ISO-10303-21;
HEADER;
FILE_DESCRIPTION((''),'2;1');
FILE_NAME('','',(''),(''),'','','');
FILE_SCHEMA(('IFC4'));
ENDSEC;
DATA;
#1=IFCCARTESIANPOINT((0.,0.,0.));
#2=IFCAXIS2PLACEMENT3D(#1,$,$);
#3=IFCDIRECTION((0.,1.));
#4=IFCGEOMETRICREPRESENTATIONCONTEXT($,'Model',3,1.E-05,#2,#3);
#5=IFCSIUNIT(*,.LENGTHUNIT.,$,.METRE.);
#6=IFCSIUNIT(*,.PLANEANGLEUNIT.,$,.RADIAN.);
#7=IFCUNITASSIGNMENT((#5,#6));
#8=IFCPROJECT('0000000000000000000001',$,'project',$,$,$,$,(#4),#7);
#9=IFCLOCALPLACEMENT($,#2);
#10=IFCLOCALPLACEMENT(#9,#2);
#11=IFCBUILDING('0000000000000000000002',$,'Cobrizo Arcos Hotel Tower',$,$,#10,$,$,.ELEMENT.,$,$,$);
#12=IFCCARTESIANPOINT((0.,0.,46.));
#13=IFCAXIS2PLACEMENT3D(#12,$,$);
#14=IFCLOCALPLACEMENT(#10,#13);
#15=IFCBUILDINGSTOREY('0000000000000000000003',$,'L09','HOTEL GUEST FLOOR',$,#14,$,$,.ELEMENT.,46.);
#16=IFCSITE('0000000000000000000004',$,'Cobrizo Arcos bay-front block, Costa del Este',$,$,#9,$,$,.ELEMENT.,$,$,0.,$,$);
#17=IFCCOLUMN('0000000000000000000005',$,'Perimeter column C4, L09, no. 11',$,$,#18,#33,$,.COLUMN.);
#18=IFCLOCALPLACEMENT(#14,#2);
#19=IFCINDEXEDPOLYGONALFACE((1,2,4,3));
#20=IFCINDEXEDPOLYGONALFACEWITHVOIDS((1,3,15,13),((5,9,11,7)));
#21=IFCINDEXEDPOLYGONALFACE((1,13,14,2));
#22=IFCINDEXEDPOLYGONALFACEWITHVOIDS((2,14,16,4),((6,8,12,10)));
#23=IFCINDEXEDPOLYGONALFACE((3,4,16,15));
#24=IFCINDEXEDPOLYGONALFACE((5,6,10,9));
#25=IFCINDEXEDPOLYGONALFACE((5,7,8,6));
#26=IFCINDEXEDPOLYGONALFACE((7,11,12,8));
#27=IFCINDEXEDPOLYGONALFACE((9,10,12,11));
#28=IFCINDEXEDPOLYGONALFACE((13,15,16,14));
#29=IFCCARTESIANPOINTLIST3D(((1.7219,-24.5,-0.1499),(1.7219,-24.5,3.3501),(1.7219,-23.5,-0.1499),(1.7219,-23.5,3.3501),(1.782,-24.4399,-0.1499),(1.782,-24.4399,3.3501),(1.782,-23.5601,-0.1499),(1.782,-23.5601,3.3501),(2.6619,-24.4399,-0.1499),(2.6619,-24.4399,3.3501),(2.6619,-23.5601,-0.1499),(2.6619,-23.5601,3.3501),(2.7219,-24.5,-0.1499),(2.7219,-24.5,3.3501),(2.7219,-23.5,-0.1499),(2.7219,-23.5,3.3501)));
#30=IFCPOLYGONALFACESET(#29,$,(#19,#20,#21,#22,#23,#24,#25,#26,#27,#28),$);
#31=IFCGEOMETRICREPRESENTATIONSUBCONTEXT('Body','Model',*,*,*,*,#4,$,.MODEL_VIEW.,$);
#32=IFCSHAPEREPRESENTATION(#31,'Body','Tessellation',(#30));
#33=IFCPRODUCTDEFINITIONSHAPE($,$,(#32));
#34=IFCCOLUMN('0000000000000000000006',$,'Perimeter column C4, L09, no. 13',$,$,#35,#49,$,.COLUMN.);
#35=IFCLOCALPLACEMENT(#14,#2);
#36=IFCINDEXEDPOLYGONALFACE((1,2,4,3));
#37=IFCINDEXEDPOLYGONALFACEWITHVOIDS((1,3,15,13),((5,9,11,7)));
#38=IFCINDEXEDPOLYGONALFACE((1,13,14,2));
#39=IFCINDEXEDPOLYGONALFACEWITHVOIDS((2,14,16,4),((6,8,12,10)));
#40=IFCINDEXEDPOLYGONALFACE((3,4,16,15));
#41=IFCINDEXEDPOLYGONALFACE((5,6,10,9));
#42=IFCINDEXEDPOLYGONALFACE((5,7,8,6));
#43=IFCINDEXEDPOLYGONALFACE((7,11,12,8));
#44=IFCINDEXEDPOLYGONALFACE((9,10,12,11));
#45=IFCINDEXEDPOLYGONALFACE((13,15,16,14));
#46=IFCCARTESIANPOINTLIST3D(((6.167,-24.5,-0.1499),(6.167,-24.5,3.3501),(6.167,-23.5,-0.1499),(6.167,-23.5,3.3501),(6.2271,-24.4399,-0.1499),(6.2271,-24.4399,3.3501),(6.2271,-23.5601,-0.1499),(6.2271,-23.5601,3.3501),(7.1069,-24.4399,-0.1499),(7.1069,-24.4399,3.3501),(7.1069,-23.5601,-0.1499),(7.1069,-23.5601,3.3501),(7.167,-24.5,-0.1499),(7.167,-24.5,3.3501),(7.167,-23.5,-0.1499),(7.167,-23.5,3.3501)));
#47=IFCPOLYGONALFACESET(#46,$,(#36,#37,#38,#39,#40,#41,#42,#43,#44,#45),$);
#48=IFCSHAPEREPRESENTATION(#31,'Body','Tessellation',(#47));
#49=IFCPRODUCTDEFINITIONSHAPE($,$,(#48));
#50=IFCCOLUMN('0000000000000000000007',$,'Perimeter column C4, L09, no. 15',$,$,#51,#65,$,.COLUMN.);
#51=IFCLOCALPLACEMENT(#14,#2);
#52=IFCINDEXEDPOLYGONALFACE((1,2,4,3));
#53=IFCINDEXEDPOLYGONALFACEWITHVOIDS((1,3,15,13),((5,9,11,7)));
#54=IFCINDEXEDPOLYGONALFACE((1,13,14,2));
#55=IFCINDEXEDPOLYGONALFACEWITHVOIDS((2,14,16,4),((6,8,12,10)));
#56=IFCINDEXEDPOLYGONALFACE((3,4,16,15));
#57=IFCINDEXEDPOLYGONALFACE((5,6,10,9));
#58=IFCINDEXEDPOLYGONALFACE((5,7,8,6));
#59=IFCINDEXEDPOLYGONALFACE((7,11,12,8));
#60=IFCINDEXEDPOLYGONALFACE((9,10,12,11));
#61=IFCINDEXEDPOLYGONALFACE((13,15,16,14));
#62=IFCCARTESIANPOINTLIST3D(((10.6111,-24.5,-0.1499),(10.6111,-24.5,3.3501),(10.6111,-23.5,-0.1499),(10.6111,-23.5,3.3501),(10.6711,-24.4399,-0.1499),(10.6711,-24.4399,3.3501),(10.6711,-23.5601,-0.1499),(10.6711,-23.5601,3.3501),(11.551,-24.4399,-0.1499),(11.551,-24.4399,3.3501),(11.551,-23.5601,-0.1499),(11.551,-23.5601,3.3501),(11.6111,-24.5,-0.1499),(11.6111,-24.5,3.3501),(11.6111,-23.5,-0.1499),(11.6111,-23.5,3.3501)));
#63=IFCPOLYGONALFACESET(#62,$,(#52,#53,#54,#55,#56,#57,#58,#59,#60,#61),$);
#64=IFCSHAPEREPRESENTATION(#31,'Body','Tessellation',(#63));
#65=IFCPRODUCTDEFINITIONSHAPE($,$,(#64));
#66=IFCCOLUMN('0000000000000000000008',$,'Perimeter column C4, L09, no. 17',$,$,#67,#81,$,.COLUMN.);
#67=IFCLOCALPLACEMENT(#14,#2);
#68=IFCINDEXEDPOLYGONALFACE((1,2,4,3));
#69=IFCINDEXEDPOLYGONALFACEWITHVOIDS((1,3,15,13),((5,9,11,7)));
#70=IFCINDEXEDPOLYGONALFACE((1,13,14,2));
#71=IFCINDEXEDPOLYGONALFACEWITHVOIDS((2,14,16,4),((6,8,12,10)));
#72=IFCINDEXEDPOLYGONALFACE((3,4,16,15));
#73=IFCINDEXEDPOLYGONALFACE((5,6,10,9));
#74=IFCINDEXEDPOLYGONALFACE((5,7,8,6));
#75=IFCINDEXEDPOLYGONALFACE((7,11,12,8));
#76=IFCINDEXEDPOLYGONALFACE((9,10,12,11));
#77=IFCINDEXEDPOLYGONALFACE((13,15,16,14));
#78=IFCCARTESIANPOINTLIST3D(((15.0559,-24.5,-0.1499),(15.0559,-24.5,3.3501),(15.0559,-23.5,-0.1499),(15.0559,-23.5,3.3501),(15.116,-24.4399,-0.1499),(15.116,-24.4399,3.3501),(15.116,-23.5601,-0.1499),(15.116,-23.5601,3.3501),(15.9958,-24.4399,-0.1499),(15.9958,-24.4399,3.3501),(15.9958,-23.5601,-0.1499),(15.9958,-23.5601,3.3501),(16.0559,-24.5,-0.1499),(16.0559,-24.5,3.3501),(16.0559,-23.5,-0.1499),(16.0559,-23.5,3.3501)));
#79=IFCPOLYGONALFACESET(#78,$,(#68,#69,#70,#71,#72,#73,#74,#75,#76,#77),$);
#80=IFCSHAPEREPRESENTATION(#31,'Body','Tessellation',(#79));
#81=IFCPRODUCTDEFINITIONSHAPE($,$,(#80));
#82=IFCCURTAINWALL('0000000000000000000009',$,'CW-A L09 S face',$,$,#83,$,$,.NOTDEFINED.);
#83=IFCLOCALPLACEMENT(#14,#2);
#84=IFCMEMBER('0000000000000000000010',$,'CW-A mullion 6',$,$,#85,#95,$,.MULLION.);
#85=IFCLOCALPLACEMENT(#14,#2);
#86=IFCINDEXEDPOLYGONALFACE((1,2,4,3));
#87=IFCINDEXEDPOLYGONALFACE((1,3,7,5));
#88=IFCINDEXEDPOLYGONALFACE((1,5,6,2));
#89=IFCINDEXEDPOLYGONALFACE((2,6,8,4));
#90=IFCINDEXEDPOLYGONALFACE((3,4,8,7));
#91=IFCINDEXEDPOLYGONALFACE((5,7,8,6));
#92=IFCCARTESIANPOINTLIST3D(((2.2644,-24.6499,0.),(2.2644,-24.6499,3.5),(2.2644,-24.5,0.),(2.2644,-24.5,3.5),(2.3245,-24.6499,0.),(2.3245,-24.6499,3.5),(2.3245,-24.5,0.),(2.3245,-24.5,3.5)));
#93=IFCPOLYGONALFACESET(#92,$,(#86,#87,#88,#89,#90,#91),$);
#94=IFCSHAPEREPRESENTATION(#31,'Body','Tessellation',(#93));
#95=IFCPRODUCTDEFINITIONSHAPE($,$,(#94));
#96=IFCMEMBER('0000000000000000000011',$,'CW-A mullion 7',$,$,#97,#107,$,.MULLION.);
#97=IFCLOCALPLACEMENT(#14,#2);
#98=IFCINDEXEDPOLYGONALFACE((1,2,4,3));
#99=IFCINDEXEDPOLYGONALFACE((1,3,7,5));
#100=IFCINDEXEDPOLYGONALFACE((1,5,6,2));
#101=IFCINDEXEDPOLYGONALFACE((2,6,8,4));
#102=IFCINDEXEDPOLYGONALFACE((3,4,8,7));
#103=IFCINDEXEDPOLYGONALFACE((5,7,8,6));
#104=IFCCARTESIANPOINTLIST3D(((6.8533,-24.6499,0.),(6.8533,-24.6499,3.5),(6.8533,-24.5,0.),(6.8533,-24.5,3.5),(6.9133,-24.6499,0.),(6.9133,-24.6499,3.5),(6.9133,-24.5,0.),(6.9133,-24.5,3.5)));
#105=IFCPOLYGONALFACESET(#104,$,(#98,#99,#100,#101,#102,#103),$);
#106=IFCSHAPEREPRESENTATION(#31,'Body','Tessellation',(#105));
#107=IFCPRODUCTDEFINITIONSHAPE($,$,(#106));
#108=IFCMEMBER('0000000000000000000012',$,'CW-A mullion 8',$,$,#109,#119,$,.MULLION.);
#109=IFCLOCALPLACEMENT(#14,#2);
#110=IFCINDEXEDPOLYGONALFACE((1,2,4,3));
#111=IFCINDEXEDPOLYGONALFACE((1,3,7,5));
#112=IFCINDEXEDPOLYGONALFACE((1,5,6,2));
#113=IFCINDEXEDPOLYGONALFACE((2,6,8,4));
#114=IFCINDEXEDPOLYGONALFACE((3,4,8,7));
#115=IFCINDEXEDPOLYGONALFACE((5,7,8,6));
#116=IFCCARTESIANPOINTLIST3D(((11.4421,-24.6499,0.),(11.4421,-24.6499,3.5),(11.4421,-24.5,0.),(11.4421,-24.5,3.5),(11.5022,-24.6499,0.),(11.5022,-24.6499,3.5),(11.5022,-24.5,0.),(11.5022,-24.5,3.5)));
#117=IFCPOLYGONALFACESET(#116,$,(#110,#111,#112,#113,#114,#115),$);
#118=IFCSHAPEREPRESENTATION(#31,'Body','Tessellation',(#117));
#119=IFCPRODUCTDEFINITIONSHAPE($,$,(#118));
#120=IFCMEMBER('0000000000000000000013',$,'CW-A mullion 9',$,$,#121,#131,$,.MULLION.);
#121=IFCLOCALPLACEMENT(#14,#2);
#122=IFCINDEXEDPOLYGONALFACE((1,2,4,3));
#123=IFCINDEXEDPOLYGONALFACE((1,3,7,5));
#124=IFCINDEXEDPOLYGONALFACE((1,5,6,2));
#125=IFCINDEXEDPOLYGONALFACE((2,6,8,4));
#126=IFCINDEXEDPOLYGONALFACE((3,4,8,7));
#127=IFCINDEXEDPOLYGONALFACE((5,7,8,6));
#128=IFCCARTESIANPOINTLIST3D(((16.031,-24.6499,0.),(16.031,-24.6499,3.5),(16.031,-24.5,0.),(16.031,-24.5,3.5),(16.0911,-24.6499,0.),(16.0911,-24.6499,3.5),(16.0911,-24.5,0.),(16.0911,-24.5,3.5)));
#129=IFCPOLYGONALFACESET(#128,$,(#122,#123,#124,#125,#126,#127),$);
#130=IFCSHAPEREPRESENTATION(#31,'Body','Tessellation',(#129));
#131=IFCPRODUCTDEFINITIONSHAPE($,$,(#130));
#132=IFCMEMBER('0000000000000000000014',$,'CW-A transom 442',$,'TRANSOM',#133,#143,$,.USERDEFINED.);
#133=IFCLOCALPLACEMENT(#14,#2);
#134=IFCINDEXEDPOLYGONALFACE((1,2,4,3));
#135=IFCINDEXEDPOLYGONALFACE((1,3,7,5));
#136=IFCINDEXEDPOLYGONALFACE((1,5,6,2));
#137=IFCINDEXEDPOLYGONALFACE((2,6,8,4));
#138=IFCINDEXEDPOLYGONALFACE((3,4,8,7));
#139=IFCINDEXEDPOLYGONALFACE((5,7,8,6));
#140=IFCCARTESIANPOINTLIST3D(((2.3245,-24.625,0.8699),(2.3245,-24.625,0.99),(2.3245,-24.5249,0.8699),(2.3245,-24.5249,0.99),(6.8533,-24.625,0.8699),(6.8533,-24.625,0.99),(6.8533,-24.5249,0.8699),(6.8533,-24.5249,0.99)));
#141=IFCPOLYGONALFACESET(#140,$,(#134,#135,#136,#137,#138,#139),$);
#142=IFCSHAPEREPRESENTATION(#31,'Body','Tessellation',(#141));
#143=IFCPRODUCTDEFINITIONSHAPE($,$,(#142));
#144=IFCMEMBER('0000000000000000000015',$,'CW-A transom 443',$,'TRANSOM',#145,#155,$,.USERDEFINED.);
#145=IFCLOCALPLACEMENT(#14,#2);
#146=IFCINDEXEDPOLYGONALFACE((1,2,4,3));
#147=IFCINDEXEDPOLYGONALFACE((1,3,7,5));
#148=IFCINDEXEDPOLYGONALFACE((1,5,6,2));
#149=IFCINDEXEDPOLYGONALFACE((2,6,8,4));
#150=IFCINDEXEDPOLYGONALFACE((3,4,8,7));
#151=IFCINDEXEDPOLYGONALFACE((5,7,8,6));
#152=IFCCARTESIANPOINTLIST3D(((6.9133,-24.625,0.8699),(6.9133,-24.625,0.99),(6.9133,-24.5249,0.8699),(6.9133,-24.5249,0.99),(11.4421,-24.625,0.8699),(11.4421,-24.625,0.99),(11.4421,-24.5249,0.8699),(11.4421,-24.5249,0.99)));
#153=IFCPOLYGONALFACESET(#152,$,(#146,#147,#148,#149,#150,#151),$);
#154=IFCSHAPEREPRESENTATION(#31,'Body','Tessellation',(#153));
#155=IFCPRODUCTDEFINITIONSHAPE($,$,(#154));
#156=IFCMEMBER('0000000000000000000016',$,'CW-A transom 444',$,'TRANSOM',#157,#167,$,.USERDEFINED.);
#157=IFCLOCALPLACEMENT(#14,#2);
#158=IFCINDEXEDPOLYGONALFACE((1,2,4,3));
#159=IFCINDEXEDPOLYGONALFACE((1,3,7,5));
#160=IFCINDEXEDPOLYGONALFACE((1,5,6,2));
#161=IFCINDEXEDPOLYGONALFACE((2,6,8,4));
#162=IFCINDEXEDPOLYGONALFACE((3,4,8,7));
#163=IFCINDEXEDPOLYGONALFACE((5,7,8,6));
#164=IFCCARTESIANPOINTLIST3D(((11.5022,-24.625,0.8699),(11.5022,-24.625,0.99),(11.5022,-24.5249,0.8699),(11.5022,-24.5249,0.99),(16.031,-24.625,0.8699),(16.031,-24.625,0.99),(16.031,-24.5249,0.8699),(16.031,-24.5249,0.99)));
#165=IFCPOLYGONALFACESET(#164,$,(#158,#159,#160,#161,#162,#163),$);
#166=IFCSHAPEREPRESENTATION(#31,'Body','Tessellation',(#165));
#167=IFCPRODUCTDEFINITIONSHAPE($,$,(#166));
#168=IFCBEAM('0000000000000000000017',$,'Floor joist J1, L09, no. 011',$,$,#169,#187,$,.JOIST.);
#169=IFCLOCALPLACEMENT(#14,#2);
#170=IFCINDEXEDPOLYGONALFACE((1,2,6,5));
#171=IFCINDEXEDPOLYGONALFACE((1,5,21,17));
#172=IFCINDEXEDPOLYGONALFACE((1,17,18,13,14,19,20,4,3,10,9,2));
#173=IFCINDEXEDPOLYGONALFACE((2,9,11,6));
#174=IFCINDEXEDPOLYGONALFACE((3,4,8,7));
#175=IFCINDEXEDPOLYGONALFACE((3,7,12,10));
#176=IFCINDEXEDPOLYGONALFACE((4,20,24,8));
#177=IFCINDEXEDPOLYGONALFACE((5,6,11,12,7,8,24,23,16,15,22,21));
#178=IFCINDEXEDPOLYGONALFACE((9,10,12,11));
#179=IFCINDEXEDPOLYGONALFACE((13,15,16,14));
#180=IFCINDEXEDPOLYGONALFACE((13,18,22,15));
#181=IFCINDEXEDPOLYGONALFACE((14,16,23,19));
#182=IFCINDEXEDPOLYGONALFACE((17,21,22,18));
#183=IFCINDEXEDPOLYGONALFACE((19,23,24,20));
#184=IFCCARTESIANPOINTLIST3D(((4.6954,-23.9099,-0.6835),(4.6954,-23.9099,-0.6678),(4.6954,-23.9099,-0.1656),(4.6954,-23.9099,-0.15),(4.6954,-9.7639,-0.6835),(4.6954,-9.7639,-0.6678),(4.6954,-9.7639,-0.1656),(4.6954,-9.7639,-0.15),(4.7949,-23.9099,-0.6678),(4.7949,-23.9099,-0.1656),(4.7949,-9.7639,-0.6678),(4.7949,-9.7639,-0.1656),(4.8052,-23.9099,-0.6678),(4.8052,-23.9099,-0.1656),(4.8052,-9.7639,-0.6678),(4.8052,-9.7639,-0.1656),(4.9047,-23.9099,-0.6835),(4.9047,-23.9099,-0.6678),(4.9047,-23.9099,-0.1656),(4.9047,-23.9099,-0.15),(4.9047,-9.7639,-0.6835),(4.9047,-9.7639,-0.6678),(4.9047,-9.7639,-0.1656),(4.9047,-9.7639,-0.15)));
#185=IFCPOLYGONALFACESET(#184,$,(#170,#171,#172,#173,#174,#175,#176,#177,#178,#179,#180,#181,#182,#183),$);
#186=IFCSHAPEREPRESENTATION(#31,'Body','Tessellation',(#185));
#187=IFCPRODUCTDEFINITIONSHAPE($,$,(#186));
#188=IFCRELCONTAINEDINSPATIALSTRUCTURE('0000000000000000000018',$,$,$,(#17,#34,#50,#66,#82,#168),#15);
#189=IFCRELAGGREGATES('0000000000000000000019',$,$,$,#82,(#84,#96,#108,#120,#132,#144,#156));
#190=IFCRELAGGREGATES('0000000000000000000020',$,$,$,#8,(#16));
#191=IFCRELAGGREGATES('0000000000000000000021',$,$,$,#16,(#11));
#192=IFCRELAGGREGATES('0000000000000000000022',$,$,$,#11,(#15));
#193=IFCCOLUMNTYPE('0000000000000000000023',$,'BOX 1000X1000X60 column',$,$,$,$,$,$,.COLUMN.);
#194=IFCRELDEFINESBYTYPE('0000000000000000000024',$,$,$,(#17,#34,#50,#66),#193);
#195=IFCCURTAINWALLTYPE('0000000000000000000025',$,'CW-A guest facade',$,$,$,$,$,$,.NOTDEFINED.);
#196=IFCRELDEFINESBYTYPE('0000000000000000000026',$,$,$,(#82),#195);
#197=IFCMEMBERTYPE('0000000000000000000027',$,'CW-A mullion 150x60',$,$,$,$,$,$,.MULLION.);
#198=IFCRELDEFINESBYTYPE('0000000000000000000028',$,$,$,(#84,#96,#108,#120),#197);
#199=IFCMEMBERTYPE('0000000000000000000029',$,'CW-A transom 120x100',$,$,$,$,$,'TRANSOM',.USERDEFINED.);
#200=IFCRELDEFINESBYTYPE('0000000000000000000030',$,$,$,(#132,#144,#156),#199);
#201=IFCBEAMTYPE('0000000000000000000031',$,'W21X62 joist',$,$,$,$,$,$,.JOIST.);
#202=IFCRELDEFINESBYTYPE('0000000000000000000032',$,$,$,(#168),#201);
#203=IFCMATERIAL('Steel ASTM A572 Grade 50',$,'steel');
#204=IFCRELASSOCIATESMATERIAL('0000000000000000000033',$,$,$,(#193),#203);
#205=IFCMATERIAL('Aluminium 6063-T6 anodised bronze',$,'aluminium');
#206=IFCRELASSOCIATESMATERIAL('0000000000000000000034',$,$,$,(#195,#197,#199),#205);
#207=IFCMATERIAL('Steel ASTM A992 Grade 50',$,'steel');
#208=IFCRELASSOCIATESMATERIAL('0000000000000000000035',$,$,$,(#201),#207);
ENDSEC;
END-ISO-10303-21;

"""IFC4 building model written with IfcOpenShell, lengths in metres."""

from ifc_helpers import new_model, si_unit, direction, frame, origin, origin_2d, place, context, subcontext, project, spatial, rectangle, hollow_rectangle, i_section, extrude, material, material_profile, profile_set, type_object, element, aggregate, save


model = new_model("IFC4")

# Units and contexts
model_context = context("Model", 3, precision=1e-05, world=origin(), true_north=direction((0.0, 1.0)))
body_context = subcontext(model_context, "Body", "Model", "MODEL_VIEW")
ifc_project = project(units=[si_unit("LENGTHUNIT", "METRE"), si_unit("PLANEANGLEUNIT", "RADIAN")], contexts=[model_context])

# Site, building, storey
site_placement = place(None, origin())
site = spatial("IfcSite", under=ifc_project, at=site_placement, Name="Cobrizo Arcos bay-front block, Costa del Este", CompositionType="ELEMENT", RefElevation=0.0)
building_placement = place(site_placement, origin())
building = spatial("IfcBuilding", under=site, at=building_placement, Name="Cobrizo Arcos Hotel Tower", CompositionType="ELEMENT")
storey_placement = place(building_placement, frame((0.0, 0.0, 46.0)))
storey = spatial("IfcBuildingStorey", under=building, at=storey_placement, Name="L09", Description="HOTEL GUEST FLOOR", CompositionType="ELEMENT", Elevation=46.0)

# Columns
ifc_material_1 = material(Name="Steel ASTM A572 Grade 50", Category="steel")
ifc_material_profile_1 = material_profile(ifc_material_1, hollow_rectangle(XDim=1.0, YDim=1.0, WallThickness=0.0601, at=origin_2d()), Name="BOX 1000X1000X60")
ifc_profile_set_1 = profile_set([ifc_material_profile_1], Name="Steel ASTM A572 Grade 50")
column_type = type_object("IfcColumnType", Name="BOX 1000X1000X60 column", PredefinedType="COLUMN", material=ifc_profile_set_1)
for number, where, z_axis, x_axis, name in (
    (1, (2.2219, -24.0, -0.1499), (0.0, 0.0, 1.0), (1.0, 0.0, 0.0), "Perimeter column C4, L09, no. 11"),
    (2, (6.667, -24.0, -0.1499), (0.0, 0.0, 1.0), (1.0, 0.0, 0.0), "Perimeter column C4, L09, no. 13"),
    (3, (11.1111, -24.0, -0.1499), (0.0, 0.0, 1.0), (1.0, 0.0, 0.0), "Perimeter column C4, L09, no. 15"),
    (4, (15.5559, -24.0, -0.1499), (0.0, 0.0, 1.0), (1.0, 0.0, 0.0), "Perimeter column C4, L09, no. 17"),
):
    element("IfcColumn", number, at=place(storey_placement, frame(where, z_axis=z_axis, x_axis=x_axis)), inside=storey, type_object=column_type, Name=name, PredefinedType="COLUMN", context=body_context, shape_type="SweptSolid", body=[
        extrude(hollow_rectangle(XDim=1.0, YDim=1.0, WallThickness=0.0601, at=origin_2d()), origin(), (0.0, 0.0, 1.0), 3.5),
    ])

# Curtain wall, members
ifc_material_2 = material(Name="Aluminium 6063-T6 anodised bronze", Category="aluminium")
curtain_wall_type = type_object("IfcCurtainWallType", Name="CW-A guest facade", PredefinedType="NOTDEFINED", material=ifc_material_2)
curtain_wall_placement = place(storey_placement, origin())
curtain_wall = element("IfcCurtainWall", 5, at=curtain_wall_placement, inside=storey, type_object=curtain_wall_type, Name="CW-A L09 S face", PredefinedType="NOTDEFINED")
ifc_material_profile_2 = material_profile(ifc_material_2, rectangle(XDim=0.1499, YDim=0.0601, at=origin_2d()), Name="CW-A mullion 150x60")
ifc_profile_set_2 = profile_set([ifc_material_profile_2], Name="Aluminium 6063-T6 anodised bronze")
member_type_1 = type_object("IfcMemberType", Name="CW-A mullion 150x60", PredefinedType="MULLION", material=ifc_profile_set_2)
member_1_placement = place(storey_placement, frame((2.2944, -24.575, 0.0), z_axis=(0.0, 0.0, 1.0), x_axis=(0.0, -1.0, 0.0)))
member_1 = element("IfcMember", 6, at=member_1_placement, type_object=member_type_1, Name="CW-A mullion 6", PredefinedType="MULLION", context=body_context, shape_type="SweptSolid", body=[
    extrude(rectangle(XDim=0.1499, YDim=0.0601, at=origin_2d()), origin(), (0.0, 0.0, 1.0), 3.5),
])
member_2_placement = place(storey_placement, frame((6.8833, -24.575, 0.0), z_axis=(0.0, 0.0, 1.0), x_axis=(0.0, -1.0, 0.0)))
member_2 = element("IfcMember", 7, at=member_2_placement, type_object=member_type_1, Name="CW-A mullion 7", PredefinedType="MULLION", context=body_context, shape_type="SweptSolid", body=[
    extrude(rectangle(XDim=0.1499, YDim=0.0601, at=origin_2d()), origin(), (0.0, 0.0, 1.0), 3.5),
])
member_3_placement = place(storey_placement, frame((11.4722, -24.575, 0.0), z_axis=(0.0, 0.0, 1.0), x_axis=(0.0, -1.0, 0.0)))
member_3 = element("IfcMember", 8, at=member_3_placement, type_object=member_type_1, Name="CW-A mullion 8", PredefinedType="MULLION", context=body_context, shape_type="SweptSolid", body=[
    extrude(rectangle(XDim=0.1499, YDim=0.0601, at=origin_2d()), origin(), (0.0, 0.0, 1.0), 3.5),
])
member_4_placement = place(storey_placement, frame((16.061, -24.575, 0.0), z_axis=(0.0, 0.0, 1.0), x_axis=(0.0, -1.0, 0.0)))
member_4 = element("IfcMember", 9, at=member_4_placement, type_object=member_type_1, Name="CW-A mullion 9", PredefinedType="MULLION", context=body_context, shape_type="SweptSolid", body=[
    extrude(rectangle(XDim=0.1499, YDim=0.0601, at=origin_2d()), origin(), (0.0, 0.0, 1.0), 3.5),
])
ifc_material_profile_3 = material_profile(ifc_material_2, rectangle(XDim=0.1001, YDim=0.1201, at=origin_2d()), Name="CW-A transom 120x100")
ifc_profile_set_3 = profile_set([ifc_material_profile_3], Name="Aluminium 6063-T6 anodised bronze")
member_type_2 = type_object("IfcMemberType", Name="CW-A transom 120x100", ElementType="TRANSOM", PredefinedType="USERDEFINED", material=ifc_profile_set_3)
member_5_placement = place(storey_placement, frame((2.3245, -24.575, 0.9299), z_axis=(1.0, 0.0, 0.0), x_axis=(0.0, 1.0, 0.0)))
member_5 = element("IfcMember", 10, at=member_5_placement, type_object=member_type_2, Name="CW-A transom 442", ObjectType="TRANSOM", PredefinedType="USERDEFINED", context=body_context, shape_type="SweptSolid", body=[
    extrude(rectangle(XDim=0.1001, YDim=0.1201, at=origin_2d()), origin(), (0.0, 0.0, 1.0), 4.5288),
])
member_6_placement = place(storey_placement, frame((6.9133, -24.575, 0.9299), z_axis=(1.0, 0.0, 0.0), x_axis=(0.0, 1.0, 0.0)))
member_6 = element("IfcMember", 11, at=member_6_placement, type_object=member_type_2, Name="CW-A transom 443", ObjectType="TRANSOM", PredefinedType="USERDEFINED", context=body_context, shape_type="SweptSolid", body=[
    extrude(rectangle(XDim=0.1001, YDim=0.1201, at=origin_2d()), origin(), (0.0, 0.0, 1.0), 4.5288),
])
member_7_placement = place(storey_placement, frame((11.5022, -24.575, 0.9299), z_axis=(1.0, 0.0, 0.0), x_axis=(0.0, 1.0, 0.0)))
member_7 = element("IfcMember", 12, at=member_7_placement, type_object=member_type_2, Name="CW-A transom 444", ObjectType="TRANSOM", PredefinedType="USERDEFINED", context=body_context, shape_type="SweptSolid", body=[
    extrude(rectangle(XDim=0.1001, YDim=0.1201, at=origin_2d()), origin(), (0.0, 0.0, 1.0), 4.5288),
])

# Beam
ifc_material_3 = material(Name="Steel ASTM A992 Grade 50", Category="steel")
ifc_material_profile_4 = material_profile(ifc_material_3, i_section(OverallWidth=0.2092, OverallDepth=0.5334, WebThickness=0.0103, FlangeThickness=0.0156, at=origin_2d()), Name="W21X62")
ifc_profile_set_4 = profile_set([ifc_material_profile_4], Name="Steel ASTM A992 Grade 50")
beam_type_1 = type_object("IfcBeamType", Name="W21X62 joist", PredefinedType="JOIST", material=ifc_profile_set_4)
beam_1_placement = place(storey_placement, frame((4.8, -23.9099, -0.4167), z_axis=(0.0, 1.0, 0.0), x_axis=(-1.0, 0.0, 0.0)))
element("IfcBeam", 13, at=beam_1_placement, inside=storey, type_object=beam_type_1, Name="Floor joist J1, L09, no. 011", PredefinedType="JOIST", context=body_context, shape_type="SweptSolid", body=[
    extrude(i_section(OverallWidth=0.2092, OverallDepth=0.5334, WebThickness=0.0103, FlangeThickness=0.0156, at=origin_2d()), origin(), (0.0, 0.0, 1.0), 14.146),
])

aggregate(curtain_wall, [member_1, member_2, member_3, member_4, member_5, member_6, member_7])

save(model, "model.ifc")
